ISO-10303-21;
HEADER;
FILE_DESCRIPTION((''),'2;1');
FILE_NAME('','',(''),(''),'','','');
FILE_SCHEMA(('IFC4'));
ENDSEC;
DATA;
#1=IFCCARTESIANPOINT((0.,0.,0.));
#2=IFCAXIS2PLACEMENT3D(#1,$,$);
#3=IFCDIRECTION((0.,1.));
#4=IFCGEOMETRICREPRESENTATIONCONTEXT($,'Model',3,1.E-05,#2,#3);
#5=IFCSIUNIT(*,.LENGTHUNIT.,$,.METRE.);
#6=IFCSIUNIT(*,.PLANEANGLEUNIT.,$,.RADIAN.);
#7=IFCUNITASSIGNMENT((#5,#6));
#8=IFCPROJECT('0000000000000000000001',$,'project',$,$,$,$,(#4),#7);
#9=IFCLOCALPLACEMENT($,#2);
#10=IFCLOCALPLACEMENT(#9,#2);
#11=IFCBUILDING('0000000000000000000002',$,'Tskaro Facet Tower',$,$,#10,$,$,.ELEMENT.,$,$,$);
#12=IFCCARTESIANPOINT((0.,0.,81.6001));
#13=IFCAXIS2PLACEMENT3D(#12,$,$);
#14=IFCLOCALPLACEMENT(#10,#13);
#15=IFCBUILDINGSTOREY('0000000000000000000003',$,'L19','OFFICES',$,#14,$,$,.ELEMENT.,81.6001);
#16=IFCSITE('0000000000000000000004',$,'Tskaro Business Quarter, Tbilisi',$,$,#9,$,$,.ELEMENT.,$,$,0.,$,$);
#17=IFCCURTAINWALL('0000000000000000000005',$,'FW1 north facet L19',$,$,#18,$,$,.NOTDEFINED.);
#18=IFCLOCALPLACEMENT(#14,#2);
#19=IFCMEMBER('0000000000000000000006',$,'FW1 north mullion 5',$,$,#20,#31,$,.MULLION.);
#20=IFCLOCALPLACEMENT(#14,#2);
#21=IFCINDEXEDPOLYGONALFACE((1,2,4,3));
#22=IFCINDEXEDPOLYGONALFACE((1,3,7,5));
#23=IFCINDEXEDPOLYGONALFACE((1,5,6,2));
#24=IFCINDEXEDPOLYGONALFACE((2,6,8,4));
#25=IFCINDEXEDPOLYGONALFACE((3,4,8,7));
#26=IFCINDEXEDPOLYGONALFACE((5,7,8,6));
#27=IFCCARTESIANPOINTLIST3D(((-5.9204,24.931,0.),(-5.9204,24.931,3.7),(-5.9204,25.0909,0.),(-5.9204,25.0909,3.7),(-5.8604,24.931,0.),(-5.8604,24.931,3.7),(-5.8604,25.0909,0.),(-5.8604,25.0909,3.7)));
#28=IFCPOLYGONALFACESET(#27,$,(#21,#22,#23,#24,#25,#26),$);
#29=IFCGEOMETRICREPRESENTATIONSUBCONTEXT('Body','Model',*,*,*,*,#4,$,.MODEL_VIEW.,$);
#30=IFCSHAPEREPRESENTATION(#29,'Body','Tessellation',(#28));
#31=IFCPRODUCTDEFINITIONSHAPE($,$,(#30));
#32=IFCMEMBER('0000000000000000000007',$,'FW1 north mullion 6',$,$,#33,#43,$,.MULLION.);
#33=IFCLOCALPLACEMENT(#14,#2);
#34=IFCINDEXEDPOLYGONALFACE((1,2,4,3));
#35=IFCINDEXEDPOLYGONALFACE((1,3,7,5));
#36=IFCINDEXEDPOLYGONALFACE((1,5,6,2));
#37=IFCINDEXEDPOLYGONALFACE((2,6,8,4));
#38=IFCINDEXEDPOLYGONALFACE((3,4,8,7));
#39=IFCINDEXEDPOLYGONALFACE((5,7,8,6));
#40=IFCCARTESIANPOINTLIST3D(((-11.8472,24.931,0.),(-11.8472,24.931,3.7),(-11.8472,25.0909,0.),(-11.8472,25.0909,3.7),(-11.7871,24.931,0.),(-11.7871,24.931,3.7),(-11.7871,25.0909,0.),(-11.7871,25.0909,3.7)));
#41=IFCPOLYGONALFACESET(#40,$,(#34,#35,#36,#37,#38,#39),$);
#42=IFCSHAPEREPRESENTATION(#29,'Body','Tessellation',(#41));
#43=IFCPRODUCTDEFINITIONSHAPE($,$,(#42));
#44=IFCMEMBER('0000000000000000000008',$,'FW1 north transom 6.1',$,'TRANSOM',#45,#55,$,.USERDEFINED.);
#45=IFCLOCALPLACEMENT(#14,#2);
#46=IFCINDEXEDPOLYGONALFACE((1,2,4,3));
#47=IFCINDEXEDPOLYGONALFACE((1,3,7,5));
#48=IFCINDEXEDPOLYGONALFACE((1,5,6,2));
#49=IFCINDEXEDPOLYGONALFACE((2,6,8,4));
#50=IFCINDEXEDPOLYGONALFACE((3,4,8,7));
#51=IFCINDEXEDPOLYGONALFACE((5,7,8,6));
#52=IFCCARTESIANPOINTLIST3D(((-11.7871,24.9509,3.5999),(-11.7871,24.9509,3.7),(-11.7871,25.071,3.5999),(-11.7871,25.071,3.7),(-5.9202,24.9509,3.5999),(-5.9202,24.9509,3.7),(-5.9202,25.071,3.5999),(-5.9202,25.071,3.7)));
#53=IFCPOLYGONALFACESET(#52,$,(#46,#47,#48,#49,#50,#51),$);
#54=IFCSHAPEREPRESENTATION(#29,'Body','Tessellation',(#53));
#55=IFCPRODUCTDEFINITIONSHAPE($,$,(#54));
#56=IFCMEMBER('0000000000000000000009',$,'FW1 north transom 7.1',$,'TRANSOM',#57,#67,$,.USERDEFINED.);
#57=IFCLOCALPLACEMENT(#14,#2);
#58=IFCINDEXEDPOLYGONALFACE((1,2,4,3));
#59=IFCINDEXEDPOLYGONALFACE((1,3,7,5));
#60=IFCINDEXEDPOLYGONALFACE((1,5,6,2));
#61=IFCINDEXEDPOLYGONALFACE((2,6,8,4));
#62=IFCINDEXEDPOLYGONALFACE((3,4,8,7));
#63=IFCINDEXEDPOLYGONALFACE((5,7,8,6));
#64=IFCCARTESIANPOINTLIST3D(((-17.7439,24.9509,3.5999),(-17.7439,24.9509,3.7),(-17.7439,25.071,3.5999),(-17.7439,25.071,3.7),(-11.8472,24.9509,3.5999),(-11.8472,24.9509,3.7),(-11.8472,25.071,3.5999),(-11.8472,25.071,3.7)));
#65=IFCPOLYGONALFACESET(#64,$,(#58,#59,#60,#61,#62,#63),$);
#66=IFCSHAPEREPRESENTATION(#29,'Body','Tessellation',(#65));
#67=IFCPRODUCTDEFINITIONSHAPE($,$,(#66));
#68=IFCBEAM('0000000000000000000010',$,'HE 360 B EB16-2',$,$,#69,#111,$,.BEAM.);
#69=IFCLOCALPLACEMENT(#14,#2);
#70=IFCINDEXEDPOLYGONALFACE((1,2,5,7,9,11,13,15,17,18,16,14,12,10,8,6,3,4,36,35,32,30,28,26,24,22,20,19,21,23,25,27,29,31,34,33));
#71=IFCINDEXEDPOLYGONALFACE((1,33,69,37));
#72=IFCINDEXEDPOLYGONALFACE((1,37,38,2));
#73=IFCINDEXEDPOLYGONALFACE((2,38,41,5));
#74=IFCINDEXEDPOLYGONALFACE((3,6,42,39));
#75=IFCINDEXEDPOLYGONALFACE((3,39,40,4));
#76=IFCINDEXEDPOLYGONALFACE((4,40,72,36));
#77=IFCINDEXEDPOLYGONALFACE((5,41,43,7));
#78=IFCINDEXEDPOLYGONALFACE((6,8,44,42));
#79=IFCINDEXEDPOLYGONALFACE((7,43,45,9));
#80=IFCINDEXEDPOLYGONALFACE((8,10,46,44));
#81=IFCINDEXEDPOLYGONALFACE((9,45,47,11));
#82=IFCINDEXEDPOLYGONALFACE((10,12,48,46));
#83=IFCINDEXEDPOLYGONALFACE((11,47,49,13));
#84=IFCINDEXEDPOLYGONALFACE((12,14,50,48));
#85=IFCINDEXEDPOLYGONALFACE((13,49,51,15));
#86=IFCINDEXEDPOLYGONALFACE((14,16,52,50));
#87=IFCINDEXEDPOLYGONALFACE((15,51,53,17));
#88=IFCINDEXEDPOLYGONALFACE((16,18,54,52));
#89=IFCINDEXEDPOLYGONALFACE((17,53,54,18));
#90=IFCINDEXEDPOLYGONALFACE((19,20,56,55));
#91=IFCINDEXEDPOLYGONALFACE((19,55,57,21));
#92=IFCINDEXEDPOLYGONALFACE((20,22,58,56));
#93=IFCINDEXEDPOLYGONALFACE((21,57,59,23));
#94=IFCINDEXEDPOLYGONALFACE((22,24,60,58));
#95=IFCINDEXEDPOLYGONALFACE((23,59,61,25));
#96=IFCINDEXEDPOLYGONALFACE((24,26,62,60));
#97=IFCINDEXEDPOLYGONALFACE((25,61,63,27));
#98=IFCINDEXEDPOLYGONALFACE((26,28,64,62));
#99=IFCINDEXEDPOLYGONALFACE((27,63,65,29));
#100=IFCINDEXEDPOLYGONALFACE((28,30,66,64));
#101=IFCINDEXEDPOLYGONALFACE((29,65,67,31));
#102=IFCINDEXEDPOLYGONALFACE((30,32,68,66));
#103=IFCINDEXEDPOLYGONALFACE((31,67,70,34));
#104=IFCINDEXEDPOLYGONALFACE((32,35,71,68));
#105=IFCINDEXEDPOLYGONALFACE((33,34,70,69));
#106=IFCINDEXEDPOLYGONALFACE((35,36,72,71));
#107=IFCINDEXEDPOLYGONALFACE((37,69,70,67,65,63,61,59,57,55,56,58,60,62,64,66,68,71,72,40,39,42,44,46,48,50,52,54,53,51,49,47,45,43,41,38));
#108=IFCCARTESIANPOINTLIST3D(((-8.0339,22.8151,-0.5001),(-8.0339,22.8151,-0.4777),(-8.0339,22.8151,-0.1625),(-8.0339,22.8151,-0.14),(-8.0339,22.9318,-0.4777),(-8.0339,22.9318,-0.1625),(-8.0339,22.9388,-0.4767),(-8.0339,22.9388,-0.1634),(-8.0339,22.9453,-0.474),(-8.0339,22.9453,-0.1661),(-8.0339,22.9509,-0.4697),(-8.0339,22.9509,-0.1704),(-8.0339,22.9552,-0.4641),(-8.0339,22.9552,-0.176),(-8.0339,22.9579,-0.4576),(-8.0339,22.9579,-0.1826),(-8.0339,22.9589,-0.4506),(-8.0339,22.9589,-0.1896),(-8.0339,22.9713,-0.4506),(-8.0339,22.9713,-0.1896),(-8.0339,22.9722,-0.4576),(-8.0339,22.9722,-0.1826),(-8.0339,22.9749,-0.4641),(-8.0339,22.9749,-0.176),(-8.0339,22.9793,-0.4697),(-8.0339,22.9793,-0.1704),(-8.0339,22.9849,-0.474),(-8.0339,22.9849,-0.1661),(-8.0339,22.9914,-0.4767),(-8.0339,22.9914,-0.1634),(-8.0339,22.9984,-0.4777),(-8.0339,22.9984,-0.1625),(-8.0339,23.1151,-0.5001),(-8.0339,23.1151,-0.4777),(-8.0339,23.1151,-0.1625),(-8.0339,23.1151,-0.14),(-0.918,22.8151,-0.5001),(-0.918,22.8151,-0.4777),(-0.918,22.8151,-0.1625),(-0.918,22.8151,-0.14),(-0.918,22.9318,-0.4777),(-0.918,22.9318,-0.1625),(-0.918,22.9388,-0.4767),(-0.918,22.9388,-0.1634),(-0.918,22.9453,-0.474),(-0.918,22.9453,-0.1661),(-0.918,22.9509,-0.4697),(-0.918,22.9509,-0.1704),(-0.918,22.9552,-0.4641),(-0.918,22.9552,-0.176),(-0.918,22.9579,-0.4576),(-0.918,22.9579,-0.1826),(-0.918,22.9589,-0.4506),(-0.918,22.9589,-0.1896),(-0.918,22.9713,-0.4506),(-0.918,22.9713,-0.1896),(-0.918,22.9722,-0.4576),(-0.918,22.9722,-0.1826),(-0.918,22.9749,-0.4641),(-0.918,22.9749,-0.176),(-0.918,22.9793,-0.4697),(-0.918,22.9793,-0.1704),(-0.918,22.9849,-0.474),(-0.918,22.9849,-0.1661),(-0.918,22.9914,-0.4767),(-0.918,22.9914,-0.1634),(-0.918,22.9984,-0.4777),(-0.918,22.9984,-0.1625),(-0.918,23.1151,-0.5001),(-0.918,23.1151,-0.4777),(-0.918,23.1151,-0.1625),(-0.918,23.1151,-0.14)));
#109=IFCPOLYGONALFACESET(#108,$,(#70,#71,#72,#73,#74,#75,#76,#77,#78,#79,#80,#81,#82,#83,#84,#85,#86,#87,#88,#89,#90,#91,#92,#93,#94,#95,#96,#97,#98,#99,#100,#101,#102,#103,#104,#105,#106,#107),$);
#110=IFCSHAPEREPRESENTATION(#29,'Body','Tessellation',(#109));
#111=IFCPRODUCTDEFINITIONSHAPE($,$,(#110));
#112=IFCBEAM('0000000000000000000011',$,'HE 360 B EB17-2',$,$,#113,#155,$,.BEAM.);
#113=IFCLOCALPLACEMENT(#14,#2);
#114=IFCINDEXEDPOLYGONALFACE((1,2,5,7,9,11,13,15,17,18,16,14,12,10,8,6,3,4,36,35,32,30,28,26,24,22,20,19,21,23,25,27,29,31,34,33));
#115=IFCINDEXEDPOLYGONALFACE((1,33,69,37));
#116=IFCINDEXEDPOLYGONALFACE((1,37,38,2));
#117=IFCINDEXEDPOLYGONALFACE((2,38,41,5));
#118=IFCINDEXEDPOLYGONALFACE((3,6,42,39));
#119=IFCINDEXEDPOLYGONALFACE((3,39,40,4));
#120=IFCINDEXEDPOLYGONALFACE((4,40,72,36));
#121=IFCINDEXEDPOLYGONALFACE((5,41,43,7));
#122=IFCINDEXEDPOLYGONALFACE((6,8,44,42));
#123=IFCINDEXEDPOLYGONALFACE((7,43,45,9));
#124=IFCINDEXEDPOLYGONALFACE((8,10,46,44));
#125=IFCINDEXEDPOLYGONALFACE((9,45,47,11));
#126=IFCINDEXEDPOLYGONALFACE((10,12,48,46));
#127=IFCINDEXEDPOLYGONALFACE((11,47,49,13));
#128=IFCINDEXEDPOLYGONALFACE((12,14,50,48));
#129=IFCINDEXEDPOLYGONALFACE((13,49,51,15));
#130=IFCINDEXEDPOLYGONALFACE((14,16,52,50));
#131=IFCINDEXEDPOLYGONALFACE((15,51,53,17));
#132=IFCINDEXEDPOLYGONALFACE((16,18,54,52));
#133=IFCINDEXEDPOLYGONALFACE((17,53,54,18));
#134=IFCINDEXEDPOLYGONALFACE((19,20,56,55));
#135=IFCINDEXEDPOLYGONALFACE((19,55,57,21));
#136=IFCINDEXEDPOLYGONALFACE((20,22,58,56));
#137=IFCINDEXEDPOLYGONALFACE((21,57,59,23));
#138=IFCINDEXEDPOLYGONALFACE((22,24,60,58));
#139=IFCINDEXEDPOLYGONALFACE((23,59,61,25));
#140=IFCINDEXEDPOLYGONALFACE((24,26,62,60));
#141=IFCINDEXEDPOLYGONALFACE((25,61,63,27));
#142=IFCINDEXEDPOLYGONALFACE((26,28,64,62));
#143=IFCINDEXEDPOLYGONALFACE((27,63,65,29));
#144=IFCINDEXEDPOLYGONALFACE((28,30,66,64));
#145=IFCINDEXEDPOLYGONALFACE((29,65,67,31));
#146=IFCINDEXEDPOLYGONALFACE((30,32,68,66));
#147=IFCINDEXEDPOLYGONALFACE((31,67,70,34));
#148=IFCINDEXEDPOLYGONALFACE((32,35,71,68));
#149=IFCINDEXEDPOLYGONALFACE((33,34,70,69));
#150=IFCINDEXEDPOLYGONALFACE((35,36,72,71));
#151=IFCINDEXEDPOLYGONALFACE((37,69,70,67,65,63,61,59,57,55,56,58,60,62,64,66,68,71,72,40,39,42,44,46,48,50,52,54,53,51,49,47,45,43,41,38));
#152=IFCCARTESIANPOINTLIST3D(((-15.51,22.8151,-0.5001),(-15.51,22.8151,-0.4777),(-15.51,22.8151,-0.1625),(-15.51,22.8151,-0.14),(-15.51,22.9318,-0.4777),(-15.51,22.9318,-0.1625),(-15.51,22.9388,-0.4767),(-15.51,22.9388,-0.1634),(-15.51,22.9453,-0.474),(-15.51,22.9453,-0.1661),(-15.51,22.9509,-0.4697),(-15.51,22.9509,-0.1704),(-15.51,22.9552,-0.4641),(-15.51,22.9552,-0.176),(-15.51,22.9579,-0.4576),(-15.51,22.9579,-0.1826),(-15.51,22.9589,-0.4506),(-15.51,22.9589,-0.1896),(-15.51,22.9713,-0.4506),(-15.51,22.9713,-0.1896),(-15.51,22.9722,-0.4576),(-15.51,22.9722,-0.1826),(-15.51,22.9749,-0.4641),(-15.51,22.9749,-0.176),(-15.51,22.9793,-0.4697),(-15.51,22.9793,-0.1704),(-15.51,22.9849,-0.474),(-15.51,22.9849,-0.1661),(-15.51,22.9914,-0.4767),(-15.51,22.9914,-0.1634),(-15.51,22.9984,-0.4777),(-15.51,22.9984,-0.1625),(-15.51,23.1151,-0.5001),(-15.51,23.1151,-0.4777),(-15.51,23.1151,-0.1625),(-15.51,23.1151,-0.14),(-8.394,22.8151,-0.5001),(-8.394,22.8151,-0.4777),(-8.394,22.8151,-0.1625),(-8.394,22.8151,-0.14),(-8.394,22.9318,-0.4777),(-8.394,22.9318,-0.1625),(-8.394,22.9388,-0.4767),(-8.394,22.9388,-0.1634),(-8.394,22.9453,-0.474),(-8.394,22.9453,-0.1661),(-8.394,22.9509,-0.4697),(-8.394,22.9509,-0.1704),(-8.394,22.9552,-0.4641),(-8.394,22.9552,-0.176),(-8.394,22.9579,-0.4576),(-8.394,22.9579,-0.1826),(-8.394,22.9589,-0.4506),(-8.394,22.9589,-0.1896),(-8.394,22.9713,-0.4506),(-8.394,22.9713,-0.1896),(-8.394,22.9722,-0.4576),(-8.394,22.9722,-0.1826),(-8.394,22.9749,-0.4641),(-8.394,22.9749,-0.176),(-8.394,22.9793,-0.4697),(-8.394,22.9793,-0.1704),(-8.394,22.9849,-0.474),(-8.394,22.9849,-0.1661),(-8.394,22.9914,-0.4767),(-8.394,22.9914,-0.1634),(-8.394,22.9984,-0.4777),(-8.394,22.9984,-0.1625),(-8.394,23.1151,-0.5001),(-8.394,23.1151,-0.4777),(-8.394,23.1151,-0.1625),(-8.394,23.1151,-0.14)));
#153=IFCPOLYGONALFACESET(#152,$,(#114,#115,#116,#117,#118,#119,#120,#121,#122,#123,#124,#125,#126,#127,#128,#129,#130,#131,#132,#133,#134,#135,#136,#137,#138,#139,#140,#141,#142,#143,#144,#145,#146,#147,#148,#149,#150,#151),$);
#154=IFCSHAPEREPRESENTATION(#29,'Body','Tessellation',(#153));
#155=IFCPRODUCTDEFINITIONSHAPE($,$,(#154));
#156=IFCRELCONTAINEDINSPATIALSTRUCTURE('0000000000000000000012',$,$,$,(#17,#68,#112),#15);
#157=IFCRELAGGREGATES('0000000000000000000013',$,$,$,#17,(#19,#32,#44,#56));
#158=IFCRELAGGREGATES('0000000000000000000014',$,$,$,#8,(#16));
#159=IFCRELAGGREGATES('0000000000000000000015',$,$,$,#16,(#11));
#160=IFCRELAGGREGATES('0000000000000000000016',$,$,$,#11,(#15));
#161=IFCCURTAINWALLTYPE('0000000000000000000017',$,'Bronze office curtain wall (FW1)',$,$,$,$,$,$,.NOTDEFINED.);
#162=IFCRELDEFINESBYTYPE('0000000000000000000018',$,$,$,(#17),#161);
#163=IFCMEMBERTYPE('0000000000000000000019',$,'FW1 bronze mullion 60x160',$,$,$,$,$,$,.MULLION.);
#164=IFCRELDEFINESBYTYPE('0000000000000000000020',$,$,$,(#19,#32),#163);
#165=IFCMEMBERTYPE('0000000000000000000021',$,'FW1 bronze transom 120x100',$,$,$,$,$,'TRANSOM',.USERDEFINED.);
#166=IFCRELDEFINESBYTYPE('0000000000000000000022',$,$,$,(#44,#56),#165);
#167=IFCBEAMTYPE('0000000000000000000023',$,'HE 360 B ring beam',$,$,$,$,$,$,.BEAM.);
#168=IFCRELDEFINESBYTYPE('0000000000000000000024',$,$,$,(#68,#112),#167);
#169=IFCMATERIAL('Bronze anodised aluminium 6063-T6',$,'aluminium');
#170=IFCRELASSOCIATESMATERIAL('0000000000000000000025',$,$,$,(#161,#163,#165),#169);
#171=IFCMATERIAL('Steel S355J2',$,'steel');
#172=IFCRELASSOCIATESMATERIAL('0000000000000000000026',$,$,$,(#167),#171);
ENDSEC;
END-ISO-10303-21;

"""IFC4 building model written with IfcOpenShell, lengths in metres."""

from ifc_helpers import new_model, si_unit, direction, frame, origin, origin_2d, place, context, subcontext, project, spatial, rectangle, i_section, extrude, material, material_profile, profile_set, type_object, element, aggregate, save


model = new_model("IFC4")

# Units and contexts
model_context = context("Model", 3, precision=1e-05, world=origin(), true_north=direction((0.0, 1.0)))
body_context = subcontext(model_context, "Body", "Model", "MODEL_VIEW")
ifc_project = project(units=[si_unit("LENGTHUNIT", "METRE"), si_unit("PLANEANGLEUNIT", "RADIAN")], contexts=[model_context])

# Site, building, storey
site_placement = place(None, origin())
site = spatial("IfcSite", under=ifc_project, at=site_placement, Name="Tskaro Business Quarter, Tbilisi", CompositionType="ELEMENT", RefElevation=0.0)
building_placement = place(site_placement, origin())
building = spatial("IfcBuilding", under=site, at=building_placement, Name="Tskaro Facet Tower", CompositionType="ELEMENT")
storey_placement = place(building_placement, frame((0.0, 0.0, 81.6001)))
storey = spatial("IfcBuildingStorey", under=building, at=storey_placement, Name="L19", Description="OFFICES", CompositionType="ELEMENT", Elevation=81.6001)

# Curtain wall, members
ifc_material_1 = material(Name="Bronze anodised aluminium 6063-T6", Category="aluminium")
curtain_wall_type = type_object("IfcCurtainWallType", Name="Bronze office curtain wall (FW1)", PredefinedType="NOTDEFINED", material=ifc_material_1)
curtain_wall_placement = place(storey_placement, origin())
curtain_wall = element("IfcCurtainWall", 1, at=curtain_wall_placement, inside=storey, type_object=curtain_wall_type, Name="FW1 north facet L19", PredefinedType="NOTDEFINED")
ifc_material_profile_1 = material_profile(ifc_material_1, rectangle(XDim=0.0601, YDim=0.1599, at=origin_2d()), Name="Mullion 60x160")
ifc_profile_set_1 = profile_set([ifc_material_profile_1], Name="Bronze anodised aluminium 6063-T6")
member_type_1 = type_object("IfcMemberType", Name="FW1 bronze mullion 60x160", PredefinedType="MULLION", material=ifc_profile_set_1)
member_1_placement = place(storey_placement, frame((-5.8904, 25.011, 0.0), z_axis=(0.0, 0.0, 1.0), x_axis=(-1.0, 0.0, 0.0)))
member_1 = element("IfcMember", 2, at=member_1_placement, type_object=member_type_1, Name="FW1 north mullion 5", PredefinedType="MULLION", context=body_context, shape_type="SweptSolid", body=[
    extrude(rectangle(XDim=0.0601, YDim=0.1599, at=origin_2d()), origin(), (0.0, 0.0, 1.0), 3.7),
])
member_2_placement = place(storey_placement, frame((-11.8171, 25.011, 0.0), z_axis=(0.0, 0.0, 1.0), x_axis=(-1.0, 0.0, 0.0)))
member_2 = element("IfcMember", 3, at=member_2_placement, type_object=member_type_1, Name="FW1 north mullion 6", PredefinedType="MULLION", context=body_context, shape_type="SweptSolid", body=[
    extrude(rectangle(XDim=0.0601, YDim=0.1599, at=origin_2d()), origin(), (0.0, 0.0, 1.0), 3.7),
])
ifc_material_profile_2 = material_profile(ifc_material_1, rectangle(XDim=0.1201, YDim=0.1001, at=origin_2d()), Name="Transom 120x100")
ifc_profile_set_2 = profile_set([ifc_material_profile_2], Name="Bronze anodised aluminium 6063-T6")
member_type_2 = type_object("IfcMemberType", Name="FW1 bronze transom 120x100", ElementType="TRANSOM", PredefinedType="USERDEFINED", material=ifc_profile_set_2)
member_3_placement = place(storey_placement, frame((-5.9202, 25.011, 3.6499), z_axis=(-1.0, 0.0, 0.0), x_axis=(0.0, -1.0, 0.0)))
member_3 = element("IfcMember", 4, at=member_3_placement, type_object=member_type_2, Name="FW1 north transom 6.1", ObjectType="TRANSOM", PredefinedType="USERDEFINED", context=body_context, shape_type="SweptSolid", body=[
    extrude(rectangle(XDim=0.1201, YDim=0.1001, at=origin_2d()), origin(), (0.0, 0.0, 1.0), 5.8669),
])
member_4_placement = place(storey_placement, frame((-11.8472, 25.011, 3.6499), z_axis=(-1.0, 0.0, 0.0), x_axis=(0.0, -1.0, 0.0)))
member_4 = element("IfcMember", 5, at=member_4_placement, type_object=member_type_2, Name="FW1 north transom 7.1", ObjectType="TRANSOM", PredefinedType="USERDEFINED", context=body_context, shape_type="SweptSolid", body=[
    extrude(rectangle(XDim=0.1201, YDim=0.1001, at=origin_2d()), origin(), (0.0, 0.0, 1.0), 5.8967),
])

# Beams
ifc_material_2 = material(Name="Steel S355J2", Category="steel")
ifc_material_profile_3 = material_profile(ifc_material_2, i_section(OverallWidth=0.3, OverallDepth=0.3601, WebThickness=0.0125, FlangeThickness=0.0225, FilletRadius=0.0271, at=origin_2d()), Name="HE 360 B")
ifc_profile_set_3 = profile_set([ifc_material_profile_3], Name="Steel S355J2")
beam_type_1 = type_object("IfcBeamType", Name="HE 360 B ring beam", PredefinedType="BEAM", material=ifc_profile_set_3)
for number, where, z_axis, x_axis, name in (
    (6, (-0.918, 22.9651, -0.3201), (-1.0, 0.0, 0.0), (0.0, -1.0, 0.0), "HE 360 B EB16-2"),
    (7, (-8.394, 22.9651, -0.3201), (-1.0, 0.0, 0.0), (0.0, -1.0, 0.0), "HE 360 B EB17-2"),
):
    element("IfcBeam", number, at=place(storey_placement, frame(where, z_axis=z_axis, x_axis=x_axis)), inside=storey, type_object=beam_type_1, Name=name, PredefinedType="BEAM", context=body_context, shape_type="SweptSolid", body=[
        extrude(i_section(OverallWidth=0.3, OverallDepth=0.3601, WebThickness=0.0125, FlangeThickness=0.0225, FilletRadius=0.0271, at=origin_2d()), origin(), (0.0, 0.0, 1.0), 7.116),
    ])

aggregate(curtain_wall, [member_1, member_2, member_3, member_4])

save(model, "model.ifc")
